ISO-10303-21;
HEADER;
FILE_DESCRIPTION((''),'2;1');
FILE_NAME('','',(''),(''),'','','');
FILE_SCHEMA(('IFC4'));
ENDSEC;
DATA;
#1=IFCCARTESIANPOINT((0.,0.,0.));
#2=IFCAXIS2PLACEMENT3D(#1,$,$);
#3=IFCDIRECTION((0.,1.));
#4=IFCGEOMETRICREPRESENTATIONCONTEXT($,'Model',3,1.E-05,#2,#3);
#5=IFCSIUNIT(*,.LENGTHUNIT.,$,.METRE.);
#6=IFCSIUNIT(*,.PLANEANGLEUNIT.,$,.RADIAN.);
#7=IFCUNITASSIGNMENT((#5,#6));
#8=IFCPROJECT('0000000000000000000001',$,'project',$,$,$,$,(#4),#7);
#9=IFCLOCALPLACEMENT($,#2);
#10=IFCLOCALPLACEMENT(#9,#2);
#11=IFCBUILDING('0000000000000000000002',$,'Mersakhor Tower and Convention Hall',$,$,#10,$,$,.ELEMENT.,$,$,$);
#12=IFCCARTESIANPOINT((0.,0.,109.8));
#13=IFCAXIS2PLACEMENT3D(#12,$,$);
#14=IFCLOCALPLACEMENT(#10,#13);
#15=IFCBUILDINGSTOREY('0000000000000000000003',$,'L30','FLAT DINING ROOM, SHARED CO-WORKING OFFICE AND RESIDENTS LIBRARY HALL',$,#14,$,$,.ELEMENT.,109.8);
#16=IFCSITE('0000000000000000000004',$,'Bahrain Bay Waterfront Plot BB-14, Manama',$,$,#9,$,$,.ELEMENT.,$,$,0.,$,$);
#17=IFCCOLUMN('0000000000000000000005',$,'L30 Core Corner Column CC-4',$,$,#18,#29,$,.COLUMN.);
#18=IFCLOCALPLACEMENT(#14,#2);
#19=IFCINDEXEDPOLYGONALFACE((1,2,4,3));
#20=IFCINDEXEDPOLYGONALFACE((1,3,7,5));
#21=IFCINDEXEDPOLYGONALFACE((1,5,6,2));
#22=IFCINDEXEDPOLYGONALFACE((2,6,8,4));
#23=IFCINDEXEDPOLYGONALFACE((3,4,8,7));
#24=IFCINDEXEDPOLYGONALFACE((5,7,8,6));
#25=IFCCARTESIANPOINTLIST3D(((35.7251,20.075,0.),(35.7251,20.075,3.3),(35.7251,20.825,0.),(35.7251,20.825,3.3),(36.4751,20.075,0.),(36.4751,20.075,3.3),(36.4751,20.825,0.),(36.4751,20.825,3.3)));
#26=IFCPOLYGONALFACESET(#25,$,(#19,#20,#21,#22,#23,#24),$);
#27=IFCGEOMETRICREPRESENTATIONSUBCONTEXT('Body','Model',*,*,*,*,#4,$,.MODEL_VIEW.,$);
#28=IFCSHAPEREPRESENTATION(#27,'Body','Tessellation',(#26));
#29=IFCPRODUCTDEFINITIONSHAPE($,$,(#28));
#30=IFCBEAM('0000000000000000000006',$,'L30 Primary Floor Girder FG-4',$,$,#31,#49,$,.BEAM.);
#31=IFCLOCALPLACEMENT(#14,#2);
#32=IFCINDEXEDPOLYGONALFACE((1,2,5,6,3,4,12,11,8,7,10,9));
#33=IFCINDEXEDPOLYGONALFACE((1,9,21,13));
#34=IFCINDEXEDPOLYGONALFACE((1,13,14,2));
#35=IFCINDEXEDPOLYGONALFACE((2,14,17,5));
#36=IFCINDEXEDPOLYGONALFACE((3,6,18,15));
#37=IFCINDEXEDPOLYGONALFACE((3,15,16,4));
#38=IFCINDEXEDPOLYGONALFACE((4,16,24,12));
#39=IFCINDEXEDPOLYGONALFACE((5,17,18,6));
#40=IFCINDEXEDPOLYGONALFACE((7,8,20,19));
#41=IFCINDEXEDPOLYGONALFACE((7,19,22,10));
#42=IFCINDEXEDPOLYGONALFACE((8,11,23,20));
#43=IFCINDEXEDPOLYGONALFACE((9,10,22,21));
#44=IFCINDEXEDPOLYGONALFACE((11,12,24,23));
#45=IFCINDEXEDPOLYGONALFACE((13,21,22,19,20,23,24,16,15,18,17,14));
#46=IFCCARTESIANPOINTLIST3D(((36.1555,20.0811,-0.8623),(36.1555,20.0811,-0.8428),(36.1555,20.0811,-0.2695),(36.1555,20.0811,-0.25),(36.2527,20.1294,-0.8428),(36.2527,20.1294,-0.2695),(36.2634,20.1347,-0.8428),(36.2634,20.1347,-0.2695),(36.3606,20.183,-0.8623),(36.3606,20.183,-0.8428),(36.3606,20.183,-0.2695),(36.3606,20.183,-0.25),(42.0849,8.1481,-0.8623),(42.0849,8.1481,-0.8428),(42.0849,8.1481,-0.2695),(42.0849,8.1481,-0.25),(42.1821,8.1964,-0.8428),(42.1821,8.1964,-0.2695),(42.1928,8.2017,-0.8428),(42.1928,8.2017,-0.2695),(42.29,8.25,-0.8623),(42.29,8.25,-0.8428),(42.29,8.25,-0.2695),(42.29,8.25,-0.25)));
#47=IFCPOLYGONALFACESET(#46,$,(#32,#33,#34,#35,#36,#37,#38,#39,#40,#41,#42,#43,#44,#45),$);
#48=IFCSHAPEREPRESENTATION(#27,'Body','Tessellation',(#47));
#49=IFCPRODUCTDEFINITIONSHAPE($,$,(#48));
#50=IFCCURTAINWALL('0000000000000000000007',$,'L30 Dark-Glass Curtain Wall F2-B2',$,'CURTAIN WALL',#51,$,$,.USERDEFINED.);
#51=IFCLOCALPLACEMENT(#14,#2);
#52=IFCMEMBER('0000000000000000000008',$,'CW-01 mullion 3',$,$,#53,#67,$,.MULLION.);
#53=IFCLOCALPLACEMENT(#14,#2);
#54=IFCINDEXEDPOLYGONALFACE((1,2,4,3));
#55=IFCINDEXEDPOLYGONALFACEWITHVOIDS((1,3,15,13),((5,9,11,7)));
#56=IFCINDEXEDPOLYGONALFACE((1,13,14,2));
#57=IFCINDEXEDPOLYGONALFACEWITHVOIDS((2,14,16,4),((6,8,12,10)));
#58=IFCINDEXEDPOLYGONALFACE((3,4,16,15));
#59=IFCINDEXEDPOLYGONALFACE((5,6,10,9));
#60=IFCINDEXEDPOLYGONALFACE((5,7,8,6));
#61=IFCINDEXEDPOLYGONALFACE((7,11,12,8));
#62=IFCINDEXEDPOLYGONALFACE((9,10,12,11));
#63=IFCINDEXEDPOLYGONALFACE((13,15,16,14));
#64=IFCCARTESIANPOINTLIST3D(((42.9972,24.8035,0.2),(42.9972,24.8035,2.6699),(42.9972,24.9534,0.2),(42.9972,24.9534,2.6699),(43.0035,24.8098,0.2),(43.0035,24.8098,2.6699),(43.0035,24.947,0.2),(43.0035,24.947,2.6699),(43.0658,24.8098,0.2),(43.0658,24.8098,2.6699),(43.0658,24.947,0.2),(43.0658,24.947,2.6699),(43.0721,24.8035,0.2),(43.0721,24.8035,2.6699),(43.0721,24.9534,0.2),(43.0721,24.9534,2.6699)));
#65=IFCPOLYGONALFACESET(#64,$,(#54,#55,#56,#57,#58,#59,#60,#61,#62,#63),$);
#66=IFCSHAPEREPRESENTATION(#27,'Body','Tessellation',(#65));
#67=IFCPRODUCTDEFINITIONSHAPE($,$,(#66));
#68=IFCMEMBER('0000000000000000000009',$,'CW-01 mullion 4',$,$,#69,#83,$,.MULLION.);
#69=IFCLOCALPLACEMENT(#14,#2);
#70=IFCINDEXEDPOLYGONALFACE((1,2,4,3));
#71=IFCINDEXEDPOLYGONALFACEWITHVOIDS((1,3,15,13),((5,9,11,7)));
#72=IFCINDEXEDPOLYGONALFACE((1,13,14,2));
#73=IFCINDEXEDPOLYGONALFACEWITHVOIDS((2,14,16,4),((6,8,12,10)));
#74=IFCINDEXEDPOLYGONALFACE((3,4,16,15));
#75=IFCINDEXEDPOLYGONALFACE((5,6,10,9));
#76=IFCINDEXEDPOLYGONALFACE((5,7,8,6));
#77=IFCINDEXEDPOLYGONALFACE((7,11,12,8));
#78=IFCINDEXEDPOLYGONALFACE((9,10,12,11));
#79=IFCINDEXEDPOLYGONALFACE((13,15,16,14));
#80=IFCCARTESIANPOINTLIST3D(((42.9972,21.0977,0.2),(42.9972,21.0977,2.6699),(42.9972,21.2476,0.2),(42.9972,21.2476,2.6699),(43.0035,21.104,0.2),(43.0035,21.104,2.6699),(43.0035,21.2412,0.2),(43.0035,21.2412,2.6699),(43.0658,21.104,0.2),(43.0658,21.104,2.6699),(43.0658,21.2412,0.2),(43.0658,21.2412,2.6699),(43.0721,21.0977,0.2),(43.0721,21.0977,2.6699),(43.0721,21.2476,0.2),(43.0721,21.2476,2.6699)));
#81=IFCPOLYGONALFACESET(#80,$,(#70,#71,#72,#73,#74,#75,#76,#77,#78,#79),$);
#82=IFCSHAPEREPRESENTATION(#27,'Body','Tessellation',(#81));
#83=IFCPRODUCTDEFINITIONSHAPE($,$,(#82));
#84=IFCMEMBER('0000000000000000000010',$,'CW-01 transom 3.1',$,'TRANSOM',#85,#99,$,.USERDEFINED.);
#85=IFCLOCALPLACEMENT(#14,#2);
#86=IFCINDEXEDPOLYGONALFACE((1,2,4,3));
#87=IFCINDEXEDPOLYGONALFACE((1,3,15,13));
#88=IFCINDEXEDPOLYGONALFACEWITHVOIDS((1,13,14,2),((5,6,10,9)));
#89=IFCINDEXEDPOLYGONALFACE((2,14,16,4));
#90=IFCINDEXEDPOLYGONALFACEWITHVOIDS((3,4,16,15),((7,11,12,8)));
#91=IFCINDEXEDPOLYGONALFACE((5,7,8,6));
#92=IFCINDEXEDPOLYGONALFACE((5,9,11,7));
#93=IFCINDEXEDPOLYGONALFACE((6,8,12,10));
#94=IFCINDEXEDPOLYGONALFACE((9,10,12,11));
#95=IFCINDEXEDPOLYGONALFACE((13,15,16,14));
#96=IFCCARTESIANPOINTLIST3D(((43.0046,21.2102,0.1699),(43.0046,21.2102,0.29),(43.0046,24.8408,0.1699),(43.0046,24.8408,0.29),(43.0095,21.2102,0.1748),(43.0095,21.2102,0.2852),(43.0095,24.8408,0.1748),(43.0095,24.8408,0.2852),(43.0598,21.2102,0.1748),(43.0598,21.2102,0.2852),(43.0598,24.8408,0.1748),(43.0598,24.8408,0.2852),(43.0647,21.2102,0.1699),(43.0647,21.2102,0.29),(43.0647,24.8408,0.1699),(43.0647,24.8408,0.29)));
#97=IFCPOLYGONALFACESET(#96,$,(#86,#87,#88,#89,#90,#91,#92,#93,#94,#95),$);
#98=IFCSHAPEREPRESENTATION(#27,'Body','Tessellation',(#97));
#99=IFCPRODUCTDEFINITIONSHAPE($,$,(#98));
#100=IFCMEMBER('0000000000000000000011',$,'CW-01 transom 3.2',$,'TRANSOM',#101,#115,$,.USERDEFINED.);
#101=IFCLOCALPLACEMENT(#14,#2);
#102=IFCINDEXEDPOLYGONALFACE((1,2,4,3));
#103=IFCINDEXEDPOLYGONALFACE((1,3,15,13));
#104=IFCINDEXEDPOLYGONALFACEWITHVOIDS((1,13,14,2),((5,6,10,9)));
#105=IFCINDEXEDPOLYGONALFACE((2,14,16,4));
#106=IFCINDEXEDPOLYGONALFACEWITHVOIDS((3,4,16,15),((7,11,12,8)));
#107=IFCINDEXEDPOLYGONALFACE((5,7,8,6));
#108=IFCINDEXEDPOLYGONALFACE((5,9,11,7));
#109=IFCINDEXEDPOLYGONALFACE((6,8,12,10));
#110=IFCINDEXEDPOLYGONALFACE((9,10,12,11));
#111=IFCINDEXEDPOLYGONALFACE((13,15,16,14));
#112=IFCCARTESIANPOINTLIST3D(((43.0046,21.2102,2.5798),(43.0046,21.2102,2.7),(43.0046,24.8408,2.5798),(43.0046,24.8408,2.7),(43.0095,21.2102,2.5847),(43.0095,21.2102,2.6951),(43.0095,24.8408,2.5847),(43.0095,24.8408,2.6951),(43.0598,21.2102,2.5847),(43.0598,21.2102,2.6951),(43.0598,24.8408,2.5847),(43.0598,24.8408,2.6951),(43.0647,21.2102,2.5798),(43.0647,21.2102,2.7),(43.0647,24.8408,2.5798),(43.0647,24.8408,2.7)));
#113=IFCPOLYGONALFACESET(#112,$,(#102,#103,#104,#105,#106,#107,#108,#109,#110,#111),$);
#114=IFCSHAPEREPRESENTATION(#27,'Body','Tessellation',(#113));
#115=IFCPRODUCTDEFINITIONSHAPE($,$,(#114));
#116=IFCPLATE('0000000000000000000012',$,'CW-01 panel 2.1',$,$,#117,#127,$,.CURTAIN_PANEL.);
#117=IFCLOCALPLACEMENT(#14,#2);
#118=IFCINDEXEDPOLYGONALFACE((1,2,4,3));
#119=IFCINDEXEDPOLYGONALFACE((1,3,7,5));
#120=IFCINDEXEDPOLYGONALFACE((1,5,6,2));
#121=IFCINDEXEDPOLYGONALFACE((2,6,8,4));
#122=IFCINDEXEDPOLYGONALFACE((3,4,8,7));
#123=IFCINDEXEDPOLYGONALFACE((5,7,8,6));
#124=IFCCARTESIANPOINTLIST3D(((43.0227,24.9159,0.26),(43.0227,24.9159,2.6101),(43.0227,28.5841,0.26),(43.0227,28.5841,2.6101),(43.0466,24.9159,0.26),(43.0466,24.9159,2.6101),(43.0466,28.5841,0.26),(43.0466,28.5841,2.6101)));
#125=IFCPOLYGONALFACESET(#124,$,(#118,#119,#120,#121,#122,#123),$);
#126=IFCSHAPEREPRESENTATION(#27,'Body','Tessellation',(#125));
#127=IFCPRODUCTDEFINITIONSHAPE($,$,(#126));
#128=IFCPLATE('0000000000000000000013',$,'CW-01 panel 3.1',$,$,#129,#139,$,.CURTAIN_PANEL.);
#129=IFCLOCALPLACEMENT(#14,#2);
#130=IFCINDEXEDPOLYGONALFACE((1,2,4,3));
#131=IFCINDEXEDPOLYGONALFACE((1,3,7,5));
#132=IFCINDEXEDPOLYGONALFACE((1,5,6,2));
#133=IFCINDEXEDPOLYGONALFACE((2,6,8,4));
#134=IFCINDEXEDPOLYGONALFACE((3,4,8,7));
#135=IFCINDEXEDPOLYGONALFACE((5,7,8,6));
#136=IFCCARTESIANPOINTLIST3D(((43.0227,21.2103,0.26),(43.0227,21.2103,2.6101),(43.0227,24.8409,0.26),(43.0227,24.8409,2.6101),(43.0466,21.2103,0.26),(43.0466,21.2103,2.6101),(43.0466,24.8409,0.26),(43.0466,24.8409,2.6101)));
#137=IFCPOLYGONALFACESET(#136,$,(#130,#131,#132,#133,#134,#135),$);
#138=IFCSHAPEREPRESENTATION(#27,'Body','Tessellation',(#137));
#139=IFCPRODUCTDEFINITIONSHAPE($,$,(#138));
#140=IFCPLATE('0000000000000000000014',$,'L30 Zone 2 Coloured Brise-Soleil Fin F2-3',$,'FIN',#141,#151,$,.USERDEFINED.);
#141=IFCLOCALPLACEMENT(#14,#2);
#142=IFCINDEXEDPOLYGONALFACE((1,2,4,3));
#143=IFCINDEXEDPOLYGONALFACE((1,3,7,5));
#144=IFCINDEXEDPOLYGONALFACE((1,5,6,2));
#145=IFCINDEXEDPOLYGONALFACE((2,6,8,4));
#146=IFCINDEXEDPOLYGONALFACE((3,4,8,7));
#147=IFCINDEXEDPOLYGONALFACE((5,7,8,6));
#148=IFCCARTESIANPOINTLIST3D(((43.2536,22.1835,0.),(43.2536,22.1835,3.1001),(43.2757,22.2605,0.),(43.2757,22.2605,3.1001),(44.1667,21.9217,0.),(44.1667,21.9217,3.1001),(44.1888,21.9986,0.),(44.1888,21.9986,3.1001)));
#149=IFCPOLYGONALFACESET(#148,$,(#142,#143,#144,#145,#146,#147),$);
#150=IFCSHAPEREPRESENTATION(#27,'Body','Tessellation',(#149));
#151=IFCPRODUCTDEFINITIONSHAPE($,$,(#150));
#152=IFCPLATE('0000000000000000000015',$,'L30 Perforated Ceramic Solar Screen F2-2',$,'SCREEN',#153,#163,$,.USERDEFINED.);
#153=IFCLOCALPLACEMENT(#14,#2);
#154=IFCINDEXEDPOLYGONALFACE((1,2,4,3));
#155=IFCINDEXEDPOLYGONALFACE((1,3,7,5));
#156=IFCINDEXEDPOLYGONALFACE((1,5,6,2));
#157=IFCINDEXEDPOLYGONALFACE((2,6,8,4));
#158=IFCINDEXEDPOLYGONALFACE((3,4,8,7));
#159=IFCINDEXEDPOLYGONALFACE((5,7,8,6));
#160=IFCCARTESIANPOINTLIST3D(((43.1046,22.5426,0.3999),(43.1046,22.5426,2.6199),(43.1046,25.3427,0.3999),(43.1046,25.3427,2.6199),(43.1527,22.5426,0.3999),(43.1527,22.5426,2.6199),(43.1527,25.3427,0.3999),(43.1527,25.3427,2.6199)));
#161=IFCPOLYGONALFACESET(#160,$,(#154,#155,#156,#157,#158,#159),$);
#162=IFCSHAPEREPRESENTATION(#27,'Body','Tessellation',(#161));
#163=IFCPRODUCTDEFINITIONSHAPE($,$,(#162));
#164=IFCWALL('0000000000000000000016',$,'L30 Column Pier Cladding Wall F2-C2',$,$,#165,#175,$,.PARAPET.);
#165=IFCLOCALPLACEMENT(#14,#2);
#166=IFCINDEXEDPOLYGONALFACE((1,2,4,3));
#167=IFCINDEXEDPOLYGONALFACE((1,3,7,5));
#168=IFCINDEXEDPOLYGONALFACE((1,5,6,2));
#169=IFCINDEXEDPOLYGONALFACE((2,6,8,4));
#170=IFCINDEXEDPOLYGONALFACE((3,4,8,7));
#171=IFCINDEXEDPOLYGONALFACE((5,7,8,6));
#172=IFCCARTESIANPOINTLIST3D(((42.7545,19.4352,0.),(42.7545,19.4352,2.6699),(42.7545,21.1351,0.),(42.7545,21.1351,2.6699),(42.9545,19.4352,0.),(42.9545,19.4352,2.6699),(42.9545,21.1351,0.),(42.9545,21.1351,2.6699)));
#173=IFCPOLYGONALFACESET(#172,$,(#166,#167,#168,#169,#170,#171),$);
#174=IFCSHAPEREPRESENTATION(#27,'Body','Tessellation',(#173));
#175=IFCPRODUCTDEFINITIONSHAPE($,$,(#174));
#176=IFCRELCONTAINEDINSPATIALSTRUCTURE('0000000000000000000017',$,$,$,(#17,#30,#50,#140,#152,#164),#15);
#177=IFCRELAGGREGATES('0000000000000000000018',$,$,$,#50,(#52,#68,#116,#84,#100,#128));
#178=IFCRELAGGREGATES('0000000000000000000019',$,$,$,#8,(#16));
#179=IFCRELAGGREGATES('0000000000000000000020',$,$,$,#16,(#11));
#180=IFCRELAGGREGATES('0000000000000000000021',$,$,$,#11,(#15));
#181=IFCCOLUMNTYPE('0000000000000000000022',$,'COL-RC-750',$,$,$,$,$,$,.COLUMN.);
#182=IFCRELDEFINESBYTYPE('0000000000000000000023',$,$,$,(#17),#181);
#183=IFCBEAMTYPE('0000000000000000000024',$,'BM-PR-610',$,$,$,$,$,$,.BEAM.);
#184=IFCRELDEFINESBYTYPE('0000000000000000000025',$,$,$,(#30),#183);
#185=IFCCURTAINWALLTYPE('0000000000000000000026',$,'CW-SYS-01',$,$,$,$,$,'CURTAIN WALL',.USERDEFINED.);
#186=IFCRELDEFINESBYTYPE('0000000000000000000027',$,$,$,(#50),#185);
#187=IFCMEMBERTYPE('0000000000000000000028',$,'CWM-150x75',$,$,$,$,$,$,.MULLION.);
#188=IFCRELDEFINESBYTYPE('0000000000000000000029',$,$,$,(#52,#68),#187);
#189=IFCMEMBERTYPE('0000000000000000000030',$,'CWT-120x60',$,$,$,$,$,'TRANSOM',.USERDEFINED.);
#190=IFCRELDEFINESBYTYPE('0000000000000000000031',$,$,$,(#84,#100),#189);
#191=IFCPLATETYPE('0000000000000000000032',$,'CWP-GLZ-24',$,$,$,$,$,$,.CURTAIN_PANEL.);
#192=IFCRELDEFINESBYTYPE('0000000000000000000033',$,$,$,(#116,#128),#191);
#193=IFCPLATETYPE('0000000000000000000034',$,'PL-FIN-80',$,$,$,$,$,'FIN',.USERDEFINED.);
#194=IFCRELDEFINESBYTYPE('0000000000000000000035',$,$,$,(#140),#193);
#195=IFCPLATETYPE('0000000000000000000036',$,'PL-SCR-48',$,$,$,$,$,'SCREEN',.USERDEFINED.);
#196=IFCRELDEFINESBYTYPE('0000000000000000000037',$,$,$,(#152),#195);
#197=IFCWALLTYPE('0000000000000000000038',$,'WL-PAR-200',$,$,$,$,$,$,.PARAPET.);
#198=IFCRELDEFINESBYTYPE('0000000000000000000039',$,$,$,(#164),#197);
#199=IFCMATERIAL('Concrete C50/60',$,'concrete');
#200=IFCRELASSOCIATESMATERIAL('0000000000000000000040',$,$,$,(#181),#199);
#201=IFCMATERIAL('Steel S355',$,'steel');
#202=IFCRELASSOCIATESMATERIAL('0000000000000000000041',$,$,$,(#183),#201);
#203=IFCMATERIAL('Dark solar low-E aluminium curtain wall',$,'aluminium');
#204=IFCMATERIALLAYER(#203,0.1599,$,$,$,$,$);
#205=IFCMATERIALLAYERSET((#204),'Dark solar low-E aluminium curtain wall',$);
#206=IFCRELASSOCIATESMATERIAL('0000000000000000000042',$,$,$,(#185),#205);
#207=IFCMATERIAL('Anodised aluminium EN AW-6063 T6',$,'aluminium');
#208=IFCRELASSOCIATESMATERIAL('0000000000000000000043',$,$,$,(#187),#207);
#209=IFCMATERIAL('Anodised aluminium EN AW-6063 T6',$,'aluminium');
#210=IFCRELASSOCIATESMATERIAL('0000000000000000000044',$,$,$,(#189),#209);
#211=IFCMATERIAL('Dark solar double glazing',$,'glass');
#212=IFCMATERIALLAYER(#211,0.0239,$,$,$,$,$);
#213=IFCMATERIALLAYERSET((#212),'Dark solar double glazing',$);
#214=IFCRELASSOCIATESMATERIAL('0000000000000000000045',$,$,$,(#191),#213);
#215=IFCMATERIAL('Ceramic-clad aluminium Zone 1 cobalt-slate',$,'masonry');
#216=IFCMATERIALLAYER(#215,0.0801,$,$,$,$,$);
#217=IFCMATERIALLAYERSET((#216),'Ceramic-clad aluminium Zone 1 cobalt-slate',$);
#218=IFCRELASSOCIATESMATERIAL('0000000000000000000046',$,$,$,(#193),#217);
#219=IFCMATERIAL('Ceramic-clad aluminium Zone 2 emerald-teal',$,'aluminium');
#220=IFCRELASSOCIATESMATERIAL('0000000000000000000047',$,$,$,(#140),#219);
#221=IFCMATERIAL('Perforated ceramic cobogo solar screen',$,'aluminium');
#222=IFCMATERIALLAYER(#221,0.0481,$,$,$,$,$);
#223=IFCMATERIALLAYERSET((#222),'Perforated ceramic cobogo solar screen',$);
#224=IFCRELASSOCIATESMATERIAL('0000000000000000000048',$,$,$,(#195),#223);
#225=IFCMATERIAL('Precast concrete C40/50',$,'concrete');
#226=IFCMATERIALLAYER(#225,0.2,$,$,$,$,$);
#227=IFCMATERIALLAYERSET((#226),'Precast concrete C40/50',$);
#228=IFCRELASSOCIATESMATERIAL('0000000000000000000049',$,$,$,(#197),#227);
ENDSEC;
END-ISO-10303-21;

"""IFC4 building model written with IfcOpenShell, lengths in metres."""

from ifc_helpers import new_model, si_unit, direction, frame, frame_2d, origin, origin_2d, place, context, subcontext, project, spatial, rectangle, hollow_rectangle, i_section, extrude, material, layer, layer_set, material_profile, profile_set, type_object, element, aggregate, save


model = new_model("IFC4")

# Units and contexts
model_context = context("Model", 3, precision=1e-05, world=origin(), true_north=direction((0.0, 1.0)))
body_context = subcontext(model_context, "Body", "Model", "MODEL_VIEW")
ifc_project = project(units=[si_unit("LENGTHUNIT", "METRE"), si_unit("PLANEANGLEUNIT", "RADIAN")], contexts=[model_context])

# Site, building, storey
site_placement = place(None, origin())
site = spatial("IfcSite", under=ifc_project, at=site_placement, Name="Bahrain Bay Waterfront Plot BB-14, Manama", CompositionType="ELEMENT", RefElevation=0.0)
building_placement = place(site_placement, origin())
building = spatial("IfcBuilding", under=site, at=building_placement, Name="Mersakhor Tower and Convention Hall", CompositionType="ELEMENT")
storey_placement = place(building_placement, frame((0.0, 0.0, 109.8)))
storey = spatial("IfcBuildingStorey", under=building, at=storey_placement, Name="L30", Description="FLAT DINING ROOM, SHARED CO-WORKING OFFICE AND RESIDENTS LIBRARY HALL", CompositionType="ELEMENT", Elevation=109.8)

# Column
ifc_material_1 = material(Name="Concrete C50/60", Category="concrete")
ifc_material_profile_1 = material_profile(ifc_material_1, rectangle(XDim=0.75, YDim=0.75, at=origin_2d()), Name="RC 750x750")
ifc_profile_set_1 = profile_set([ifc_material_profile_1], Name="Concrete C50/60")
column_type = type_object("IfcColumnType", Name="COL-RC-750", PredefinedType="COLUMN", material=ifc_profile_set_1)
column_placement = place(storey_placement, frame((36.1001, 20.45, 0.0), z_axis=(0.0, 0.0, 1.0), x_axis=(1.0, 0.0, 0.0)))
element("IfcColumn", 1, at=column_placement, inside=storey, type_object=column_type, Name="L30 Core Corner Column CC-4", PredefinedType="COLUMN", context=body_context, shape_type="SweptSolid", body=[
    extrude(rectangle(XDim=0.75, YDim=0.75, at=origin_2d()), origin(), (0.0, 0.0, 1.0), 3.3),
])

# Beam
ifc_material_2 = material(Name="Steel S355", Category="steel")
ifc_material_profile_2 = material_profile(ifc_material_2, i_section(OverallWidth=0.229, OverallDepth=0.6123, WebThickness=0.012, FlangeThickness=0.0195, at=origin_2d()), Name="UB 610x229x125")
ifc_profile_set_2 = profile_set([ifc_material_profile_2], Name="Steel S355")
beam_type = type_object("IfcBeamType", Name="BM-PR-610", PredefinedType="BEAM", material=ifc_profile_set_2)
beam_placement = place(storey_placement, frame((36.2581, 20.1321, -0.5562), z_axis=(0.444984, -0.895538, 0.0), x_axis=(0.895538, 0.444984, 0.0)))
element("IfcBeam", 2, at=beam_placement, inside=storey, type_object=beam_type, Name="L30 Primary Floor Girder FG-4", PredefinedType="BEAM", context=body_context, shape_type="SweptSolid", body=[
    extrude(i_section(OverallWidth=0.229, OverallDepth=0.6123, WebThickness=0.012, FlangeThickness=0.0195, at=origin_2d()), origin(), (0.0, 0.0, 1.0), 13.325),
])

# Curtain wall, members, plates
ifc_material_3 = material(Name="Dark solar low-E aluminium curtain wall", Category="aluminium")
ifc_layer_1 = layer(ifc_material_3, 0.1599)
ifc_layer_set_1 = layer_set([ifc_layer_1], Name="Dark solar low-E aluminium curtain wall")
curtain_wall_type = type_object("IfcCurtainWallType", Name="CW-SYS-01", ElementType="CURTAIN WALL", PredefinedType="USERDEFINED", material=ifc_layer_set_1)
curtain_wall_placement = place(storey_placement, origin())
curtain_wall = element("IfcCurtainWall", 3, at=curtain_wall_placement, inside=storey, type_object=curtain_wall_type, Name="L30 Dark-Glass Curtain Wall F2-B2", ObjectType="CURTAIN WALL", PredefinedType="USERDEFINED")
ifc_material_4 = material(Name="Anodised aluminium EN AW-6063 T6", Category="aluminium")
ifc_material_profile_3 = material_profile(ifc_material_4, hollow_rectangle(XDim=0.075, YDim=0.1499, WallThickness=0.0063, at=origin_2d()), Name="RHS 150x75x6.3")
ifc_profile_set_3 = profile_set([ifc_material_profile_3], Name="Anodised aluminium EN AW-6063 T6")
member_type_1 = type_object("IfcMemberType", Name="CWM-150x75", PredefinedType="MULLION", material=ifc_profile_set_3)
member_1_placement = place(storey_placement, frame((43.0347, 24.8784, 0.2), z_axis=(0.0, 0.0, 1.0), x_axis=(1.0, 0.0, 0.0)))
member_1 = element("IfcMember", 4, at=member_1_placement, type_object=member_type_1, Name="CW-01 mullion 3", PredefinedType="MULLION", context=body_context, shape_type="SweptSolid", body=[
    extrude(hollow_rectangle(XDim=0.075, YDim=0.1499, WallThickness=0.0063, at=origin_2d()), origin(), (0.0, 0.0, 1.0), 2.47),
])
member_2_placement = place(storey_placement, frame((43.0347, 21.1726, 0.2), z_axis=(0.0, 0.0, 1.0), x_axis=(1.0, 0.0, 0.0)))
member_2 = element("IfcMember", 5, at=member_2_placement, type_object=member_type_1, Name="CW-01 mullion 4", PredefinedType="MULLION", context=body_context, shape_type="SweptSolid", body=[
    extrude(hollow_rectangle(XDim=0.075, YDim=0.1499, WallThickness=0.0063, at=origin_2d()), origin(), (0.0, 0.0, 1.0), 2.47),
])
ifc_material_5 = material(Name="Anodised aluminium EN AW-6063 T6", Category="aluminium")
ifc_material_profile_4 = material_profile(ifc_material_5, hollow_rectangle(XDim=0.0601, YDim=0.1201, WallThickness=0.0049, at=origin_2d()), Name="RHS 120x60x5")
ifc_profile_set_4 = profile_set([ifc_material_profile_4], Name="Anodised aluminium EN AW-6063 T6")
member_type_2 = type_object("IfcMemberType", Name="CWT-120x60", ElementType="TRANSOM", PredefinedType="USERDEFINED", material=ifc_profile_set_4)
member_3_placement = place(storey_placement, frame((43.0347, 24.8408, 0.23), z_axis=(0.0, -1.0, 0.0), x_axis=(1.0, 0.0, 0.0)))
member_3 = element("IfcMember", 6, at=member_3_placement, type_object=member_type_2, Name="CW-01 transom 3.1", ObjectType="TRANSOM", PredefinedType="USERDEFINED", context=body_context, shape_type="SweptSolid", body=[
    extrude(hollow_rectangle(XDim=0.0601, YDim=0.1201, WallThickness=0.0049, at=origin_2d()), origin(), (0.0, 0.0, 1.0), 3.6306),
])
member_4_placement = place(storey_placement, frame((43.0347, 24.8408, 2.6399), z_axis=(0.0, -1.0, 0.0), x_axis=(1.0, 0.0, 0.0)))
member_4 = element("IfcMember", 7, at=member_4_placement, type_object=member_type_2, Name="CW-01 transom 3.2", ObjectType="TRANSOM", PredefinedType="USERDEFINED", context=body_context, shape_type="SweptSolid", body=[
    extrude(hollow_rectangle(XDim=0.0601, YDim=0.1201, WallThickness=0.0049, at=origin_2d()), origin(), (0.0, 0.0, 1.0), 3.6306),
])
ifc_material_6 = material(Name="Dark solar double glazing", Category="glass")
ifc_layer_2 = layer(ifc_material_6, 0.0239)
ifc_layer_set_2 = layer_set([ifc_layer_2], Name="Dark solar double glazing")
plate_type_1 = type_object("IfcPlateType", Name="CWP-GLZ-24", PredefinedType="CURTAIN_PANEL", material=ifc_layer_set_2)
plate_1_placement = place(storey_placement, frame((43.0347, 26.75, 0.26), z_axis=(0.0, 0.0, 1.0), x_axis=(0.0, -1.0, 0.0)))
plate_1 = element("IfcPlate", 8, at=plate_1_placement, type_object=plate_type_1, Name="CW-01 panel 2.1", PredefinedType="CURTAIN_PANEL", context=body_context, shape_type="SweptSolid", body=[
    extrude(rectangle(XDim=3.6682, YDim=0.0239, at=origin_2d()), origin(), (0.0, 0.0, 1.0), 2.3501),
])
plate_2_placement = place(storey_placement, frame((43.0347, 23.0256, 0.26), z_axis=(0.0, 0.0, 1.0), x_axis=(0.0, -1.0, 0.0)))
plate_2 = element("IfcPlate", 9, at=plate_2_placement, type_object=plate_type_1, Name="CW-01 panel 3.1", PredefinedType="CURTAIN_PANEL", context=body_context, shape_type="SweptSolid", body=[
    extrude(rectangle(XDim=3.6306, YDim=0.0239, at=origin_2d()), origin(), (0.0, 0.0, 1.0), 2.3501),
])
aggregate(curtain_wall, [member_1, member_2, plate_1, member_3, member_4, plate_2])

# Plates
ifc_material_7 = material(Name="Ceramic-clad aluminium Zone 2 emerald-teal", Category="aluminium")
ifc_material_8 = material(Name="Ceramic-clad aluminium Zone 1 cobalt-slate", Category="masonry")
ifc_layer_3 = layer(ifc_material_8, 0.0801)
ifc_layer_set_3 = layer_set([ifc_layer_3], Name="Ceramic-clad aluminium Zone 1 cobalt-slate")
plate_type_2 = type_object("IfcPlateType", Name="PL-FIN-80", ElementType="FIN", PredefinedType="USERDEFINED", material=ifc_layer_set_3)
plate_3_placement = place(storey_placement, frame((43.7212, 22.0911, 0.0), z_axis=(0.0, 0.0, 1.0), x_axis=(0.961262, -0.275637, 0.0)))
element("IfcPlate", 10, at=plate_3_placement, inside=storey, type_object=plate_type_2, material=ifc_material_7, Name="L30 Zone 2 Coloured Brise-Soleil Fin F2-3", ObjectType="FIN", PredefinedType="USERDEFINED", context=body_context, shape_type="SweptSolid", body=[
    extrude(rectangle(XDim=0.95, YDim=0.0801, at=origin_2d()), origin(), (0.0, 0.0, 1.0), 3.1001),
])
ifc_material_9 = material(Name="Perforated ceramic cobogo solar screen", Category="aluminium")
ifc_layer_4 = layer(ifc_material_9, 0.0481)
ifc_layer_set_4 = layer_set([ifc_layer_4], Name="Perforated ceramic cobogo solar screen")
plate_type_3 = type_object("IfcPlateType", Name="PL-SCR-48", ElementType="SCREEN", PredefinedType="USERDEFINED", material=ifc_layer_set_4)
plate_4_placement = place(storey_placement, frame((43.1287, 23.9426, 0.3999), z_axis=(0.0, 0.0, 1.0), x_axis=(0.0, -1.0, 0.0)))
element("IfcPlate", 11, at=plate_4_placement, inside=storey, type_object=plate_type_3, Name="L30 Perforated Ceramic Solar Screen F2-2", ObjectType="SCREEN", PredefinedType="USERDEFINED", context=body_context, shape_type="SweptSolid", body=[
    extrude(rectangle(XDim=2.8, YDim=0.0481, at=origin_2d()), origin(), (0.0, 0.0, 1.0), 2.22),
])

# Wall
ifc_material_10 = material(Name="Precast concrete C40/50", Category="concrete")
ifc_layer_5 = layer(ifc_material_10, 0.2)
ifc_layer_set_5 = layer_set([ifc_layer_5], Name="Precast concrete C40/50")
wall_type_1 = type_object("IfcWallType", Name="WL-PAR-200", PredefinedType="PARAPET", material=ifc_layer_set_5)
wall_1_placement = place(storey_placement, frame((42.8545, 21.1353, 0.0), z_axis=(0.0, 0.0, 1.0), x_axis=(0.0, -1.0, 0.0)))
element("IfcWall", 12, at=wall_1_placement, inside=storey, type_object=wall_type_1, Name="L30 Column Pier Cladding Wall F2-C2", PredefinedType="PARAPET", context=body_context, shape_type="SweptSolid", body=[
    extrude(rectangle(XDim=1.7, YDim=0.2, at=frame_2d((0.8501, 0.0))), origin(), (0.0, 0.0, 1.0), 2.6699),
])

save(model, "model.ifc")
